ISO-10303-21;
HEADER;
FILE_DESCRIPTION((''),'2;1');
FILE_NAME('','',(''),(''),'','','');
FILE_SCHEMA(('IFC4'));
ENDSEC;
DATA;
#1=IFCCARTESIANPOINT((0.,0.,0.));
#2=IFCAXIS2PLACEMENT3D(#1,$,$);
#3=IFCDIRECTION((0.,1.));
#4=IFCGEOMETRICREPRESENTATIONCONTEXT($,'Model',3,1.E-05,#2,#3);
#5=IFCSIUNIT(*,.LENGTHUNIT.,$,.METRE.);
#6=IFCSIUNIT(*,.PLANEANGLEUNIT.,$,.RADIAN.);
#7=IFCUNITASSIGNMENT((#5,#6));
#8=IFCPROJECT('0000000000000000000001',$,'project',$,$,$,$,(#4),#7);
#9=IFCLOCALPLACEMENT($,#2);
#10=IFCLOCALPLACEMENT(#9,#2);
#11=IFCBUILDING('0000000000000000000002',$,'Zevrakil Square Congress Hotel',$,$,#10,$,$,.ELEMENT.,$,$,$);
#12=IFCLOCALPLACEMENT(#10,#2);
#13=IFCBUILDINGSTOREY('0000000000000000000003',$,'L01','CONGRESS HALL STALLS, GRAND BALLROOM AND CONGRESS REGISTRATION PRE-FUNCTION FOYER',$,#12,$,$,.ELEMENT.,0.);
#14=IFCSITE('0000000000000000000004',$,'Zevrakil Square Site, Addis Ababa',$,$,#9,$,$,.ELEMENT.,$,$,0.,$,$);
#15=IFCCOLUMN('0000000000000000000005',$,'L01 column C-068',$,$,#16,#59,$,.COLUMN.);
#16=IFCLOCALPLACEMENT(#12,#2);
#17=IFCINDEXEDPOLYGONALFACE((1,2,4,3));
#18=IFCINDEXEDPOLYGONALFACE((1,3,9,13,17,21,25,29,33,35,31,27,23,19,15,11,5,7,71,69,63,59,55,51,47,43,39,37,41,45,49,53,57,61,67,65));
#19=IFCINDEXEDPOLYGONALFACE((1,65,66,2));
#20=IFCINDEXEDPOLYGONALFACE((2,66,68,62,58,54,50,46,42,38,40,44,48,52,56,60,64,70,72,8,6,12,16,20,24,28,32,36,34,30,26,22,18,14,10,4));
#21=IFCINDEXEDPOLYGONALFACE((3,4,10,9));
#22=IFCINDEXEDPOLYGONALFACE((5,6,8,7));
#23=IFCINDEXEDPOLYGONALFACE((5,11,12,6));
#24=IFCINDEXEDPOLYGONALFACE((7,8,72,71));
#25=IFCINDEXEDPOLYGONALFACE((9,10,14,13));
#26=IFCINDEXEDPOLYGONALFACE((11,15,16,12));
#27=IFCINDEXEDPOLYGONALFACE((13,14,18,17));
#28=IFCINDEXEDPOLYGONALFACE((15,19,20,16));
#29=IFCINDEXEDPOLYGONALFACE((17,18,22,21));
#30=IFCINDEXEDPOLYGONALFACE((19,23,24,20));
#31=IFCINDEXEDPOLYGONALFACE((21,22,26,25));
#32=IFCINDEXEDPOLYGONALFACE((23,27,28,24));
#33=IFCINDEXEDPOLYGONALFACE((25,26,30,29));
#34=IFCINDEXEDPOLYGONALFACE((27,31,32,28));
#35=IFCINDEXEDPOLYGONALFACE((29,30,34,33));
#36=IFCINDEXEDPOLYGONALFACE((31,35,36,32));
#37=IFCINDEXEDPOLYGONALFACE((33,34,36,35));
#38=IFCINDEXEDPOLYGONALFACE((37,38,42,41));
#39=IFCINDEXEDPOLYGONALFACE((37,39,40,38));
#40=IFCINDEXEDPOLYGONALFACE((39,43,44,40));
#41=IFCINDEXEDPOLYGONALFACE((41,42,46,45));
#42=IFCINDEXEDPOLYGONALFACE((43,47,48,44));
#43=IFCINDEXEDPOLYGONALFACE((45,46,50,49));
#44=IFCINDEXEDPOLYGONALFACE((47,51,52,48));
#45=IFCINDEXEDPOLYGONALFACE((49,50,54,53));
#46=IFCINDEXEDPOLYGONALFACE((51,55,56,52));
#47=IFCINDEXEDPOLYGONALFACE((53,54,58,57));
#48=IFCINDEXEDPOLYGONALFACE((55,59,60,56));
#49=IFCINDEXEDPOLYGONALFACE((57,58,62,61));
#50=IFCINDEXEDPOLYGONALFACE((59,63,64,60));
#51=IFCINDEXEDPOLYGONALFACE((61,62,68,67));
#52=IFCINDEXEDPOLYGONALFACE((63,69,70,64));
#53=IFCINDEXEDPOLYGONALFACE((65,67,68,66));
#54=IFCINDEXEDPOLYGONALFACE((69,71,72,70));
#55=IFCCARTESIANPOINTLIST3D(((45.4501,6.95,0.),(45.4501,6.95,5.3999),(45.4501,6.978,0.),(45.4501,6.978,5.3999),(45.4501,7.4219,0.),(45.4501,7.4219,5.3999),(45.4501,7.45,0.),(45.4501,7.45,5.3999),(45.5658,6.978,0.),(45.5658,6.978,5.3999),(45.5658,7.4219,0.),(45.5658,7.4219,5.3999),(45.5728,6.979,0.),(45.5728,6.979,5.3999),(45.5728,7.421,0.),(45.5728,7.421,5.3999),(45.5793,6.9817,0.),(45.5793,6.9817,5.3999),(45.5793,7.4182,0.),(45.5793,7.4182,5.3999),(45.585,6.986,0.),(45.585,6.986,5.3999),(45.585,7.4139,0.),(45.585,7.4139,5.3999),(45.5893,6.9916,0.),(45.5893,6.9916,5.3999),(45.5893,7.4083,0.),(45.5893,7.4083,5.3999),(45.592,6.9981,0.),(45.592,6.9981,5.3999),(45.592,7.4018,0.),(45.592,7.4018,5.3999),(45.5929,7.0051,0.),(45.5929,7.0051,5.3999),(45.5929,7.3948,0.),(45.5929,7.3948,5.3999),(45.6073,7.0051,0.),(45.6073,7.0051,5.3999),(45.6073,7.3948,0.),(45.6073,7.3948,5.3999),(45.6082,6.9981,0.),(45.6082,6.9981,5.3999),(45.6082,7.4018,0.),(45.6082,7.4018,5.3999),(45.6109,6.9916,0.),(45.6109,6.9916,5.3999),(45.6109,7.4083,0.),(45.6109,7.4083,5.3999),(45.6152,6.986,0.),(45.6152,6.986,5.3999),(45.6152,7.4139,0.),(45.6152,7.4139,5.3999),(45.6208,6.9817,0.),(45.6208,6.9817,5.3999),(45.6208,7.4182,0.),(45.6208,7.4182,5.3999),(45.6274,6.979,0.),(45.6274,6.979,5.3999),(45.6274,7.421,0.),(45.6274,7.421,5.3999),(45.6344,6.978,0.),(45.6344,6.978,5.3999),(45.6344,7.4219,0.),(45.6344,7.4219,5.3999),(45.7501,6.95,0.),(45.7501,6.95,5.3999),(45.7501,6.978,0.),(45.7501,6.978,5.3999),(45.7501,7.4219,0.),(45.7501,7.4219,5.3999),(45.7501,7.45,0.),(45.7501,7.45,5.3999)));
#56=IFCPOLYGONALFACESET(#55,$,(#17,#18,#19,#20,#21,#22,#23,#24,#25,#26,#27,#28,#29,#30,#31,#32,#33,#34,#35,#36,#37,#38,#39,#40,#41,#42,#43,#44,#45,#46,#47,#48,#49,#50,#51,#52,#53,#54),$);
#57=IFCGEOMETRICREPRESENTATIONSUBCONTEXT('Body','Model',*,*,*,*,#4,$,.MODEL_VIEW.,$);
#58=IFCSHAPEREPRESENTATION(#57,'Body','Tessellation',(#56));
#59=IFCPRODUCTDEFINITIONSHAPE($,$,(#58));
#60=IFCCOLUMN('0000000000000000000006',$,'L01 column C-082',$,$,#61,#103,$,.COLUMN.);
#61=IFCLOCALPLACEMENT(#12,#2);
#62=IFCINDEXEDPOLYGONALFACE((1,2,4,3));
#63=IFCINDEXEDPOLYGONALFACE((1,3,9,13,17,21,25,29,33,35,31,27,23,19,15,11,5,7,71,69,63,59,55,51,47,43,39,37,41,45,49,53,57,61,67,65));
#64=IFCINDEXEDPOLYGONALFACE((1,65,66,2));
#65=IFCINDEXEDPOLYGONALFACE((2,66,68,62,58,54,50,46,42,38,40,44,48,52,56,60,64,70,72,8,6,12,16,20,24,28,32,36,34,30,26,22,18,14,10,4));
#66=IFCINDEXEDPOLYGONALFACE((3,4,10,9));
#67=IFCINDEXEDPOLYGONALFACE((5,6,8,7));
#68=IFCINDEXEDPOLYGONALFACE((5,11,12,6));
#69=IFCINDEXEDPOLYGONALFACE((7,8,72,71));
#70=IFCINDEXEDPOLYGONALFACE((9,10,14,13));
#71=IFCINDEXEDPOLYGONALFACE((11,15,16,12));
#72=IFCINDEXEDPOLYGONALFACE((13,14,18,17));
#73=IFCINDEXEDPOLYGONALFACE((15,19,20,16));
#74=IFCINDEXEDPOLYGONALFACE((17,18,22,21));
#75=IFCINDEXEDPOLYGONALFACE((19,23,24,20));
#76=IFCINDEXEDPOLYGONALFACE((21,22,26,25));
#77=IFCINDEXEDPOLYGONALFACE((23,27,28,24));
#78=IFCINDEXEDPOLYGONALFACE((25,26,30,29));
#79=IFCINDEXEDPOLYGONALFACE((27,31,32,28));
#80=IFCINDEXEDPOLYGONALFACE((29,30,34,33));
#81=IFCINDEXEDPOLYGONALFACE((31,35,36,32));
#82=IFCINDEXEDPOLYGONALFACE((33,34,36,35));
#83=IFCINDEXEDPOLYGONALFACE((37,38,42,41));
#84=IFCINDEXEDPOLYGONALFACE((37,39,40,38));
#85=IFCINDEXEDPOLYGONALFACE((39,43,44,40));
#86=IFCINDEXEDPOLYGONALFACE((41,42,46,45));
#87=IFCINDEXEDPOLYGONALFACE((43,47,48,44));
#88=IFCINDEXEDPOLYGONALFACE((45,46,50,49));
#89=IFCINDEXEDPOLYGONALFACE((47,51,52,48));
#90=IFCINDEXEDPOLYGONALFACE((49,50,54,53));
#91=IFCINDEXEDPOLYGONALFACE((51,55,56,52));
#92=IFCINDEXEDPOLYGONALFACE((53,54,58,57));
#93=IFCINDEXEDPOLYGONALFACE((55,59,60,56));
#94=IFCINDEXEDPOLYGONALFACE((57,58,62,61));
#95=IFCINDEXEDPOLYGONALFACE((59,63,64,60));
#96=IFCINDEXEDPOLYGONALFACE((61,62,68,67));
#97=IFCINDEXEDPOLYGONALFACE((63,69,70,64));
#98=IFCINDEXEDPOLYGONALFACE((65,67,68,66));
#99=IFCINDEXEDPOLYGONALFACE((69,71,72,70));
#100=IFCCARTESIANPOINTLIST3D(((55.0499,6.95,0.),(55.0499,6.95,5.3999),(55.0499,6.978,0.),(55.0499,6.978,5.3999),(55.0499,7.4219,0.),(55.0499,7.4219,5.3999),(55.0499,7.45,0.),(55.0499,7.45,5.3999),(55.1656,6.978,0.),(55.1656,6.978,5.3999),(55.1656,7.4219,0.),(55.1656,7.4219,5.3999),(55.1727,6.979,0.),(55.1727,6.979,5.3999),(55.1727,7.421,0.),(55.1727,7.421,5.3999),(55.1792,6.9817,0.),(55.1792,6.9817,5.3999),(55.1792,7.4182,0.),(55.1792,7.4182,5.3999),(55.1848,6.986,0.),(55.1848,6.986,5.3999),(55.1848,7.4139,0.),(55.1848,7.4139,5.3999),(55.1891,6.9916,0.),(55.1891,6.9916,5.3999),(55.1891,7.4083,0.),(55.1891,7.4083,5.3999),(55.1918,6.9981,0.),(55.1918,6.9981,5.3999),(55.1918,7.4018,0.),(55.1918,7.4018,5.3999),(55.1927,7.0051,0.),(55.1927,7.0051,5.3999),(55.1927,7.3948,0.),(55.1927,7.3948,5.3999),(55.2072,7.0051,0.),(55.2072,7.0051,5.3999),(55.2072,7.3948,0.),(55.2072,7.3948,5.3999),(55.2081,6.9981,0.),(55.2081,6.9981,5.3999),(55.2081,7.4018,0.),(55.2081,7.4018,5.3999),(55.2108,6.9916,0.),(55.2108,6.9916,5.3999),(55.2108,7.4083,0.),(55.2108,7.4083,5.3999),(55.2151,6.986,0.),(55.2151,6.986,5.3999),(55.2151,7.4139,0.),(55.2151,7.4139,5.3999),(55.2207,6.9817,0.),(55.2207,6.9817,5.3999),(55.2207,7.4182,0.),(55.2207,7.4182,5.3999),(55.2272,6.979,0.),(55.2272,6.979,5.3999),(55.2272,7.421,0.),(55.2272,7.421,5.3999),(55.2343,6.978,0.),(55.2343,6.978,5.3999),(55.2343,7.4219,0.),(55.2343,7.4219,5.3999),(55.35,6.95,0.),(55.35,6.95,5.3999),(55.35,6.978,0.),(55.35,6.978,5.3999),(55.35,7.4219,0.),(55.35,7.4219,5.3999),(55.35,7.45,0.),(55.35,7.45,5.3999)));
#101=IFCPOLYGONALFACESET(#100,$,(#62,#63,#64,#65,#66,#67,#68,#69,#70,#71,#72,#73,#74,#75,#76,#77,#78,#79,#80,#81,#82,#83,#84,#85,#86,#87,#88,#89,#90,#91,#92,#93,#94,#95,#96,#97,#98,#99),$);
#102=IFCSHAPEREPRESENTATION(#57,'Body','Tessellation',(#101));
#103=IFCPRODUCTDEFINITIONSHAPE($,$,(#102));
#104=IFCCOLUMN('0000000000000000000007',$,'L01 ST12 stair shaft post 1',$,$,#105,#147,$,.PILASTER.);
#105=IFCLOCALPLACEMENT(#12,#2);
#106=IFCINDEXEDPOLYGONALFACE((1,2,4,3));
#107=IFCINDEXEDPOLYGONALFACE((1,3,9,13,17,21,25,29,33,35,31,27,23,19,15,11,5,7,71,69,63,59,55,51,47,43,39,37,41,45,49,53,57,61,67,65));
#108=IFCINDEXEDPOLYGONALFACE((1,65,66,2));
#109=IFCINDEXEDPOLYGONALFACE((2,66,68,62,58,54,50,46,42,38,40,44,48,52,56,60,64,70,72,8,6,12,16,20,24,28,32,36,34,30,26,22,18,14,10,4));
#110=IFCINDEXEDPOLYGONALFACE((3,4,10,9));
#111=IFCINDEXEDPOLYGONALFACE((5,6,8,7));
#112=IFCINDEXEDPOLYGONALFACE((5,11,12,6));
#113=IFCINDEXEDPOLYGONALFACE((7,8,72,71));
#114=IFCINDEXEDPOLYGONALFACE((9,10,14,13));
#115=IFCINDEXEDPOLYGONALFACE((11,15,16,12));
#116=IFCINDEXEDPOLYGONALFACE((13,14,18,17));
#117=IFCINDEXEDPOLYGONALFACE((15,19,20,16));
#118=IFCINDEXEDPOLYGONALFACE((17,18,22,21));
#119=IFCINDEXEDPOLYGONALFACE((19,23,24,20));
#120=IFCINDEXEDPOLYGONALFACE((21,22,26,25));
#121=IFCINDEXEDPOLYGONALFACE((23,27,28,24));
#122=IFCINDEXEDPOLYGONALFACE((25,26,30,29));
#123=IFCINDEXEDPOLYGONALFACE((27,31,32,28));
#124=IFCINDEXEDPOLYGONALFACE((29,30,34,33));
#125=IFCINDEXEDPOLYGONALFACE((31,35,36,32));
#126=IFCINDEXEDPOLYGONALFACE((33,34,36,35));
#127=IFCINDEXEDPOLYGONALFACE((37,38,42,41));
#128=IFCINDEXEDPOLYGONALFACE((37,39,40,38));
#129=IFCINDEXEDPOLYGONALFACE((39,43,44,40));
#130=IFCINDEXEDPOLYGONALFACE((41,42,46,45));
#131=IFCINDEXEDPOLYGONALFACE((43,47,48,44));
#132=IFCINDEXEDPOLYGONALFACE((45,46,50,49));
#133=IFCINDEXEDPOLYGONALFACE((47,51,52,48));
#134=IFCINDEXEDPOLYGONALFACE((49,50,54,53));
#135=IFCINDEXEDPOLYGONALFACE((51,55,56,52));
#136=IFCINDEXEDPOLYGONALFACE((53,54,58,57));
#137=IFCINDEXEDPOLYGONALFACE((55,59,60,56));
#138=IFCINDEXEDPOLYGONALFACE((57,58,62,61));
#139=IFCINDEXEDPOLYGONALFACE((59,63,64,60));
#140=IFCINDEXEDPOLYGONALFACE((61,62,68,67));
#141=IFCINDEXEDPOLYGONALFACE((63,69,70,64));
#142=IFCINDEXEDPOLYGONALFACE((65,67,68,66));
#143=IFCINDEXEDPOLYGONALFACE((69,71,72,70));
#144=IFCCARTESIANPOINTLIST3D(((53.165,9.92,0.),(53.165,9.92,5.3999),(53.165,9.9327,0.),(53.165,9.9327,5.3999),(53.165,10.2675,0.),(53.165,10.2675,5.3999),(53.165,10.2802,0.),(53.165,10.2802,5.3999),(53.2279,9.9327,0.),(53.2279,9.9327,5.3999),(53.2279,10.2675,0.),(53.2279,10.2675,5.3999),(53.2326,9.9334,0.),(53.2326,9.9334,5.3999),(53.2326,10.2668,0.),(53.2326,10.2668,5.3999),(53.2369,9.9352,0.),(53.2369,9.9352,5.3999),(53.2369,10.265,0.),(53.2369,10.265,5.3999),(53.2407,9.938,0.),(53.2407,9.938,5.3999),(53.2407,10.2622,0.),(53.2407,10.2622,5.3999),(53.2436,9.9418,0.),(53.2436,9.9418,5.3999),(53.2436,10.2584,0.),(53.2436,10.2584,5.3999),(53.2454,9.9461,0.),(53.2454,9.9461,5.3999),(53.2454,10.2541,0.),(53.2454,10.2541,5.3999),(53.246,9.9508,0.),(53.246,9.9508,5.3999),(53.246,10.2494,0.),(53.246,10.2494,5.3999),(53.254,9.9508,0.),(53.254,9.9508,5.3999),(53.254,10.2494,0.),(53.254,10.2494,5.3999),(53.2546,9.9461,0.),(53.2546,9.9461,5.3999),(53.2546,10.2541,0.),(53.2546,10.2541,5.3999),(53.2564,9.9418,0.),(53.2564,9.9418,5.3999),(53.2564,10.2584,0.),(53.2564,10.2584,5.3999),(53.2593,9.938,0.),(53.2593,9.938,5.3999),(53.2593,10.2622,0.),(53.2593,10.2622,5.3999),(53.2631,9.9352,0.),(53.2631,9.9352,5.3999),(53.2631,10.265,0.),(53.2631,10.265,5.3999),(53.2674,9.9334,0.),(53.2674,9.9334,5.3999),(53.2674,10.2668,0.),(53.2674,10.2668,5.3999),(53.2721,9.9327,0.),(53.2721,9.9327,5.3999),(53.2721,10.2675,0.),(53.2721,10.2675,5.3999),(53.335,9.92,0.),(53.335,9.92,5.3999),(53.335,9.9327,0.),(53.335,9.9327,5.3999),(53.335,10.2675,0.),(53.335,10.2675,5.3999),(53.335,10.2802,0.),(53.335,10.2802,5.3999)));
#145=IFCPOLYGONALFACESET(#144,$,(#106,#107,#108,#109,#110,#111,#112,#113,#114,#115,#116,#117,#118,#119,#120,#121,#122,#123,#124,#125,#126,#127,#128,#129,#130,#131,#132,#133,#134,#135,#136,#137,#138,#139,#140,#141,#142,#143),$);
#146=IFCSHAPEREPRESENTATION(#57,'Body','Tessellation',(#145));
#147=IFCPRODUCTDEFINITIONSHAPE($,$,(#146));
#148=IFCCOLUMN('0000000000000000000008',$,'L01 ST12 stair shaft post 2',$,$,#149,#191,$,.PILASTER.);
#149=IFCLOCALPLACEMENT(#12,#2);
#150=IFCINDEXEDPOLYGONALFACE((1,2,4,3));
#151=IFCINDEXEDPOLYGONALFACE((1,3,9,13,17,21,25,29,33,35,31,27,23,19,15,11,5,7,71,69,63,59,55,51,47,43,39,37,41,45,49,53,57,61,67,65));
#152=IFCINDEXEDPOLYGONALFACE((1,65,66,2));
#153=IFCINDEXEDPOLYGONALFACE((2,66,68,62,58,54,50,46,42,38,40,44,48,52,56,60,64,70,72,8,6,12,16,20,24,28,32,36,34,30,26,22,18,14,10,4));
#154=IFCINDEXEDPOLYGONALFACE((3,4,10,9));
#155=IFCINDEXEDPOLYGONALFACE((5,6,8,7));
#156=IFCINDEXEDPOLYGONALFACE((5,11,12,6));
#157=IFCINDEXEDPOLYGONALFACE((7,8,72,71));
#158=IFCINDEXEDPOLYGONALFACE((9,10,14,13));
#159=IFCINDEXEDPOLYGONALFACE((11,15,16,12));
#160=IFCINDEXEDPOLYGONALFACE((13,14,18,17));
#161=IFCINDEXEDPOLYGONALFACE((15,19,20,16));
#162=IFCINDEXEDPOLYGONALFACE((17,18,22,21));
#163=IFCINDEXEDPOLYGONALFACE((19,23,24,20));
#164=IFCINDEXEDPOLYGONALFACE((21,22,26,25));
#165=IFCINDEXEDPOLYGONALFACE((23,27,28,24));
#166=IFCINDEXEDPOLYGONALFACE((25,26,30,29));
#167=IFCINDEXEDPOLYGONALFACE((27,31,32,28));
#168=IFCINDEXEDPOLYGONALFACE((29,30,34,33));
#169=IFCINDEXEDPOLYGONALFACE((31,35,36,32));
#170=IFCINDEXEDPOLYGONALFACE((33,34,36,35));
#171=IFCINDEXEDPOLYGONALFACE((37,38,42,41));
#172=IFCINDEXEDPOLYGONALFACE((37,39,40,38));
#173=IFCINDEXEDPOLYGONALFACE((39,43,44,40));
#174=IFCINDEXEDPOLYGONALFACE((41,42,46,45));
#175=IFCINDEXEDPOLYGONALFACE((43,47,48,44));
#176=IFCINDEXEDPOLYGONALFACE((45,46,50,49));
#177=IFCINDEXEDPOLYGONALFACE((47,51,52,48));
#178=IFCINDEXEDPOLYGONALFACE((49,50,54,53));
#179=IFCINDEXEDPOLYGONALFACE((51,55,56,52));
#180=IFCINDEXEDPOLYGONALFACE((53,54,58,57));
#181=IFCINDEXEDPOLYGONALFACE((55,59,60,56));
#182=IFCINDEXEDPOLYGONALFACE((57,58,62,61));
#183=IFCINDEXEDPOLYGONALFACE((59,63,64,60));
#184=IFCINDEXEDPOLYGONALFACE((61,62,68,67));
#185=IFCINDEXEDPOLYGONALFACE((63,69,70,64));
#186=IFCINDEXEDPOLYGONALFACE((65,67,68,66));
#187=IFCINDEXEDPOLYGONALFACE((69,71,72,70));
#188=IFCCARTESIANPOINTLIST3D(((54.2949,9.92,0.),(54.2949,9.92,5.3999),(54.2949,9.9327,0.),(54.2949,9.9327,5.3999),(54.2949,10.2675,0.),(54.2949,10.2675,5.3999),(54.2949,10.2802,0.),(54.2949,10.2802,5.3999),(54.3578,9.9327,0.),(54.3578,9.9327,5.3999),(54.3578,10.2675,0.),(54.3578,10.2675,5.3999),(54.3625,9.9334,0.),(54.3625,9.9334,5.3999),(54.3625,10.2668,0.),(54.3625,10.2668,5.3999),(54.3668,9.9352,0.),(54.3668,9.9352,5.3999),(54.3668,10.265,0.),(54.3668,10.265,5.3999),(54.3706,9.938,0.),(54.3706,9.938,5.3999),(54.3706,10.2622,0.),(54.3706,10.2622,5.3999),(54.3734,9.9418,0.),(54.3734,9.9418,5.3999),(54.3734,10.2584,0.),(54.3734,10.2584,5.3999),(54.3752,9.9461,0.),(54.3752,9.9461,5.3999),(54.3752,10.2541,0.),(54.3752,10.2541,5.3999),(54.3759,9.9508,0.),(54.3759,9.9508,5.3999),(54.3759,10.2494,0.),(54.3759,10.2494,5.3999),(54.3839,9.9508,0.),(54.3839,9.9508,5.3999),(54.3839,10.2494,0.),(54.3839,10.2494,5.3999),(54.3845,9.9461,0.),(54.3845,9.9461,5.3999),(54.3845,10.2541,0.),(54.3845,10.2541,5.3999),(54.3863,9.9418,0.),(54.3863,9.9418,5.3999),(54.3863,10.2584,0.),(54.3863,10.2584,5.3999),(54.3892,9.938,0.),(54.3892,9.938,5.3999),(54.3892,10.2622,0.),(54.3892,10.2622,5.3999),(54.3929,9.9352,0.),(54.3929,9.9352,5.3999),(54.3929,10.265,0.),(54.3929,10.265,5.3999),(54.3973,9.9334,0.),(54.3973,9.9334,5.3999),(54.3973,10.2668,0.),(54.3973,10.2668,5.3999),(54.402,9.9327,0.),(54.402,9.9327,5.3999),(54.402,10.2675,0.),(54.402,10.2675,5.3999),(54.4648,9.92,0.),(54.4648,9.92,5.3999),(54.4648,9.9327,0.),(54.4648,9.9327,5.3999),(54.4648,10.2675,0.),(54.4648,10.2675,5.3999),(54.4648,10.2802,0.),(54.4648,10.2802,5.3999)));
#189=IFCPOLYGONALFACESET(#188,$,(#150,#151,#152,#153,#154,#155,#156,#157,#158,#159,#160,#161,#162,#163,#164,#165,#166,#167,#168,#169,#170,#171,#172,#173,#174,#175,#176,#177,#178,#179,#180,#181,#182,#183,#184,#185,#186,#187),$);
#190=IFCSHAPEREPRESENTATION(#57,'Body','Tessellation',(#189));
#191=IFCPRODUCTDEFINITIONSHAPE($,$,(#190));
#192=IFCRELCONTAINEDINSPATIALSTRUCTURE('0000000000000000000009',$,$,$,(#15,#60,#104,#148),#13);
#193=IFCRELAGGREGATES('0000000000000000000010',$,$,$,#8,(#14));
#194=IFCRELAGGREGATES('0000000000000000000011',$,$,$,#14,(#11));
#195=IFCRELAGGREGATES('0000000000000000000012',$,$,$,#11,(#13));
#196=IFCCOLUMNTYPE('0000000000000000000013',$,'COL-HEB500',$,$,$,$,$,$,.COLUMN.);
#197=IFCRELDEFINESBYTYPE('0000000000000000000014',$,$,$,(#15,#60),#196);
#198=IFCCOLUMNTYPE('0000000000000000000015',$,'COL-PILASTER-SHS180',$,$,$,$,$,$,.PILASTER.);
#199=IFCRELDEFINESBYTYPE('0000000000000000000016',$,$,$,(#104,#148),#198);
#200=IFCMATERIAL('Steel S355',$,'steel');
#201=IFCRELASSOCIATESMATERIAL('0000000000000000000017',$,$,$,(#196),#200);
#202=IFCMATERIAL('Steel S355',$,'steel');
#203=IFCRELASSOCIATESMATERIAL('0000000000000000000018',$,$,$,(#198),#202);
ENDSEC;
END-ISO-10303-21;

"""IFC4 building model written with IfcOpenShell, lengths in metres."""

from ifc_helpers import new_model, si_unit, direction, frame, origin, origin_2d, place, context, subcontext, project, spatial, i_section, extrude, material, material_profile, profile_set, type_object, element, save


model = new_model("IFC4")

# Units and contexts
model_context = context("Model", 3, precision=1e-05, world=origin(), true_north=direction((0.0, 1.0)))
body_context = subcontext(model_context, "Body", "Model", "MODEL_VIEW")
ifc_project = project(units=[si_unit("LENGTHUNIT", "METRE"), si_unit("PLANEANGLEUNIT", "RADIAN")], contexts=[model_context])

# Site, building, storey
site_placement = place(None, origin())
site = spatial("IfcSite", under=ifc_project, at=site_placement, Name="Zevrakil Square Site, Addis Ababa", CompositionType="ELEMENT", RefElevation=0.0)
building_placement = place(site_placement, origin())
building = spatial("IfcBuilding", under=site, at=building_placement, Name="Zevrakil Square Congress Hotel", CompositionType="ELEMENT")
storey_placement = place(building_placement, origin())
storey = spatial("IfcBuildingStorey", under=building, at=storey_placement, Name="L01", Description="CONGRESS HALL STALLS, GRAND BALLROOM AND CONGRESS REGISTRATION PRE-FUNCTION FOYER", CompositionType="ELEMENT", Elevation=0.0)

# Columns
ifc_material_1 = material(Name="Steel S355", Category="steel")
ifc_material_profile_1 = material_profile(ifc_material_1, i_section(OverallWidth=0.3, OverallDepth=0.5, WebThickness=0.0144, FlangeThickness=0.0281, FilletRadius=0.0271, at=origin_2d()), Name="HEB 500")
ifc_profile_set_1 = profile_set([ifc_material_profile_1], Name="Steel S355")
column_type_1 = type_object("IfcColumnType", Name="COL-HEB500", PredefinedType="COLUMN", material=ifc_profile_set_1)
for number, where, z_axis, x_axis, name in (
    (1, (45.6001, 7.2, 0.0), (0.0, 0.0, 1.0), (1.0, 0.0, 0.0), "L01 column C-068"),
    (2, (55.2, 7.2, 0.0), (0.0, 0.0, 1.0), (1.0, 0.0, 0.0), "L01 column C-082"),
):
    element("IfcColumn", number, at=place(storey_placement, frame(where, z_axis=z_axis, x_axis=x_axis)), inside=storey, type_object=column_type_1, Name=name, PredefinedType="COLUMN", context=body_context, shape_type="SweptSolid", body=[
        extrude(i_section(OverallWidth=0.3, OverallDepth=0.5, WebThickness=0.0144, FlangeThickness=0.0281, FilletRadius=0.0271, at=origin_2d()), origin(), (0.0, 0.0, 1.0), 5.3999),
    ])
ifc_material_2 = material(Name="Steel S355", Category="steel")
ifc_material_profile_2 = material_profile(ifc_material_2, i_section(OverallWidth=0.1699, OverallDepth=0.3601, WebThickness=0.0081, FlangeThickness=0.0127, FilletRadius=0.0181, at=origin_2d()), Name="IPE 360")
ifc_profile_set_2 = profile_set([ifc_material_profile_2], Name="Steel S355")
column_type_2 = type_object("IfcColumnType", Name="COL-PILASTER-SHS180", PredefinedType="PILASTER", material=ifc_profile_set_2)
for number, where, z_axis, x_axis, name in (
    (3, (53.25, 10.1001, 0.0), (0.0, 0.0, 1.0), (1.0, 0.0, 0.0), "L01 ST12 stair shaft post 1"),
    (4, (54.3799, 10.1001, 0.0), (0.0, 0.0, 1.0), (1.0, 0.0, 0.0), "L01 ST12 stair shaft post 2"),
):
    element("IfcColumn", number, at=place(storey_placement, frame(where, z_axis=z_axis, x_axis=x_axis)), inside=storey, type_object=column_type_2, Name=name, PredefinedType="PILASTER", context=body_context, shape_type="SweptSolid", body=[
        extrude(i_section(OverallWidth=0.1699, OverallDepth=0.3601, WebThickness=0.0081, FlangeThickness=0.0127, FilletRadius=0.0181, at=origin_2d()), origin(), (0.0, 0.0, 1.0), 5.3999),
    ])

save(model, "model.ifc")
